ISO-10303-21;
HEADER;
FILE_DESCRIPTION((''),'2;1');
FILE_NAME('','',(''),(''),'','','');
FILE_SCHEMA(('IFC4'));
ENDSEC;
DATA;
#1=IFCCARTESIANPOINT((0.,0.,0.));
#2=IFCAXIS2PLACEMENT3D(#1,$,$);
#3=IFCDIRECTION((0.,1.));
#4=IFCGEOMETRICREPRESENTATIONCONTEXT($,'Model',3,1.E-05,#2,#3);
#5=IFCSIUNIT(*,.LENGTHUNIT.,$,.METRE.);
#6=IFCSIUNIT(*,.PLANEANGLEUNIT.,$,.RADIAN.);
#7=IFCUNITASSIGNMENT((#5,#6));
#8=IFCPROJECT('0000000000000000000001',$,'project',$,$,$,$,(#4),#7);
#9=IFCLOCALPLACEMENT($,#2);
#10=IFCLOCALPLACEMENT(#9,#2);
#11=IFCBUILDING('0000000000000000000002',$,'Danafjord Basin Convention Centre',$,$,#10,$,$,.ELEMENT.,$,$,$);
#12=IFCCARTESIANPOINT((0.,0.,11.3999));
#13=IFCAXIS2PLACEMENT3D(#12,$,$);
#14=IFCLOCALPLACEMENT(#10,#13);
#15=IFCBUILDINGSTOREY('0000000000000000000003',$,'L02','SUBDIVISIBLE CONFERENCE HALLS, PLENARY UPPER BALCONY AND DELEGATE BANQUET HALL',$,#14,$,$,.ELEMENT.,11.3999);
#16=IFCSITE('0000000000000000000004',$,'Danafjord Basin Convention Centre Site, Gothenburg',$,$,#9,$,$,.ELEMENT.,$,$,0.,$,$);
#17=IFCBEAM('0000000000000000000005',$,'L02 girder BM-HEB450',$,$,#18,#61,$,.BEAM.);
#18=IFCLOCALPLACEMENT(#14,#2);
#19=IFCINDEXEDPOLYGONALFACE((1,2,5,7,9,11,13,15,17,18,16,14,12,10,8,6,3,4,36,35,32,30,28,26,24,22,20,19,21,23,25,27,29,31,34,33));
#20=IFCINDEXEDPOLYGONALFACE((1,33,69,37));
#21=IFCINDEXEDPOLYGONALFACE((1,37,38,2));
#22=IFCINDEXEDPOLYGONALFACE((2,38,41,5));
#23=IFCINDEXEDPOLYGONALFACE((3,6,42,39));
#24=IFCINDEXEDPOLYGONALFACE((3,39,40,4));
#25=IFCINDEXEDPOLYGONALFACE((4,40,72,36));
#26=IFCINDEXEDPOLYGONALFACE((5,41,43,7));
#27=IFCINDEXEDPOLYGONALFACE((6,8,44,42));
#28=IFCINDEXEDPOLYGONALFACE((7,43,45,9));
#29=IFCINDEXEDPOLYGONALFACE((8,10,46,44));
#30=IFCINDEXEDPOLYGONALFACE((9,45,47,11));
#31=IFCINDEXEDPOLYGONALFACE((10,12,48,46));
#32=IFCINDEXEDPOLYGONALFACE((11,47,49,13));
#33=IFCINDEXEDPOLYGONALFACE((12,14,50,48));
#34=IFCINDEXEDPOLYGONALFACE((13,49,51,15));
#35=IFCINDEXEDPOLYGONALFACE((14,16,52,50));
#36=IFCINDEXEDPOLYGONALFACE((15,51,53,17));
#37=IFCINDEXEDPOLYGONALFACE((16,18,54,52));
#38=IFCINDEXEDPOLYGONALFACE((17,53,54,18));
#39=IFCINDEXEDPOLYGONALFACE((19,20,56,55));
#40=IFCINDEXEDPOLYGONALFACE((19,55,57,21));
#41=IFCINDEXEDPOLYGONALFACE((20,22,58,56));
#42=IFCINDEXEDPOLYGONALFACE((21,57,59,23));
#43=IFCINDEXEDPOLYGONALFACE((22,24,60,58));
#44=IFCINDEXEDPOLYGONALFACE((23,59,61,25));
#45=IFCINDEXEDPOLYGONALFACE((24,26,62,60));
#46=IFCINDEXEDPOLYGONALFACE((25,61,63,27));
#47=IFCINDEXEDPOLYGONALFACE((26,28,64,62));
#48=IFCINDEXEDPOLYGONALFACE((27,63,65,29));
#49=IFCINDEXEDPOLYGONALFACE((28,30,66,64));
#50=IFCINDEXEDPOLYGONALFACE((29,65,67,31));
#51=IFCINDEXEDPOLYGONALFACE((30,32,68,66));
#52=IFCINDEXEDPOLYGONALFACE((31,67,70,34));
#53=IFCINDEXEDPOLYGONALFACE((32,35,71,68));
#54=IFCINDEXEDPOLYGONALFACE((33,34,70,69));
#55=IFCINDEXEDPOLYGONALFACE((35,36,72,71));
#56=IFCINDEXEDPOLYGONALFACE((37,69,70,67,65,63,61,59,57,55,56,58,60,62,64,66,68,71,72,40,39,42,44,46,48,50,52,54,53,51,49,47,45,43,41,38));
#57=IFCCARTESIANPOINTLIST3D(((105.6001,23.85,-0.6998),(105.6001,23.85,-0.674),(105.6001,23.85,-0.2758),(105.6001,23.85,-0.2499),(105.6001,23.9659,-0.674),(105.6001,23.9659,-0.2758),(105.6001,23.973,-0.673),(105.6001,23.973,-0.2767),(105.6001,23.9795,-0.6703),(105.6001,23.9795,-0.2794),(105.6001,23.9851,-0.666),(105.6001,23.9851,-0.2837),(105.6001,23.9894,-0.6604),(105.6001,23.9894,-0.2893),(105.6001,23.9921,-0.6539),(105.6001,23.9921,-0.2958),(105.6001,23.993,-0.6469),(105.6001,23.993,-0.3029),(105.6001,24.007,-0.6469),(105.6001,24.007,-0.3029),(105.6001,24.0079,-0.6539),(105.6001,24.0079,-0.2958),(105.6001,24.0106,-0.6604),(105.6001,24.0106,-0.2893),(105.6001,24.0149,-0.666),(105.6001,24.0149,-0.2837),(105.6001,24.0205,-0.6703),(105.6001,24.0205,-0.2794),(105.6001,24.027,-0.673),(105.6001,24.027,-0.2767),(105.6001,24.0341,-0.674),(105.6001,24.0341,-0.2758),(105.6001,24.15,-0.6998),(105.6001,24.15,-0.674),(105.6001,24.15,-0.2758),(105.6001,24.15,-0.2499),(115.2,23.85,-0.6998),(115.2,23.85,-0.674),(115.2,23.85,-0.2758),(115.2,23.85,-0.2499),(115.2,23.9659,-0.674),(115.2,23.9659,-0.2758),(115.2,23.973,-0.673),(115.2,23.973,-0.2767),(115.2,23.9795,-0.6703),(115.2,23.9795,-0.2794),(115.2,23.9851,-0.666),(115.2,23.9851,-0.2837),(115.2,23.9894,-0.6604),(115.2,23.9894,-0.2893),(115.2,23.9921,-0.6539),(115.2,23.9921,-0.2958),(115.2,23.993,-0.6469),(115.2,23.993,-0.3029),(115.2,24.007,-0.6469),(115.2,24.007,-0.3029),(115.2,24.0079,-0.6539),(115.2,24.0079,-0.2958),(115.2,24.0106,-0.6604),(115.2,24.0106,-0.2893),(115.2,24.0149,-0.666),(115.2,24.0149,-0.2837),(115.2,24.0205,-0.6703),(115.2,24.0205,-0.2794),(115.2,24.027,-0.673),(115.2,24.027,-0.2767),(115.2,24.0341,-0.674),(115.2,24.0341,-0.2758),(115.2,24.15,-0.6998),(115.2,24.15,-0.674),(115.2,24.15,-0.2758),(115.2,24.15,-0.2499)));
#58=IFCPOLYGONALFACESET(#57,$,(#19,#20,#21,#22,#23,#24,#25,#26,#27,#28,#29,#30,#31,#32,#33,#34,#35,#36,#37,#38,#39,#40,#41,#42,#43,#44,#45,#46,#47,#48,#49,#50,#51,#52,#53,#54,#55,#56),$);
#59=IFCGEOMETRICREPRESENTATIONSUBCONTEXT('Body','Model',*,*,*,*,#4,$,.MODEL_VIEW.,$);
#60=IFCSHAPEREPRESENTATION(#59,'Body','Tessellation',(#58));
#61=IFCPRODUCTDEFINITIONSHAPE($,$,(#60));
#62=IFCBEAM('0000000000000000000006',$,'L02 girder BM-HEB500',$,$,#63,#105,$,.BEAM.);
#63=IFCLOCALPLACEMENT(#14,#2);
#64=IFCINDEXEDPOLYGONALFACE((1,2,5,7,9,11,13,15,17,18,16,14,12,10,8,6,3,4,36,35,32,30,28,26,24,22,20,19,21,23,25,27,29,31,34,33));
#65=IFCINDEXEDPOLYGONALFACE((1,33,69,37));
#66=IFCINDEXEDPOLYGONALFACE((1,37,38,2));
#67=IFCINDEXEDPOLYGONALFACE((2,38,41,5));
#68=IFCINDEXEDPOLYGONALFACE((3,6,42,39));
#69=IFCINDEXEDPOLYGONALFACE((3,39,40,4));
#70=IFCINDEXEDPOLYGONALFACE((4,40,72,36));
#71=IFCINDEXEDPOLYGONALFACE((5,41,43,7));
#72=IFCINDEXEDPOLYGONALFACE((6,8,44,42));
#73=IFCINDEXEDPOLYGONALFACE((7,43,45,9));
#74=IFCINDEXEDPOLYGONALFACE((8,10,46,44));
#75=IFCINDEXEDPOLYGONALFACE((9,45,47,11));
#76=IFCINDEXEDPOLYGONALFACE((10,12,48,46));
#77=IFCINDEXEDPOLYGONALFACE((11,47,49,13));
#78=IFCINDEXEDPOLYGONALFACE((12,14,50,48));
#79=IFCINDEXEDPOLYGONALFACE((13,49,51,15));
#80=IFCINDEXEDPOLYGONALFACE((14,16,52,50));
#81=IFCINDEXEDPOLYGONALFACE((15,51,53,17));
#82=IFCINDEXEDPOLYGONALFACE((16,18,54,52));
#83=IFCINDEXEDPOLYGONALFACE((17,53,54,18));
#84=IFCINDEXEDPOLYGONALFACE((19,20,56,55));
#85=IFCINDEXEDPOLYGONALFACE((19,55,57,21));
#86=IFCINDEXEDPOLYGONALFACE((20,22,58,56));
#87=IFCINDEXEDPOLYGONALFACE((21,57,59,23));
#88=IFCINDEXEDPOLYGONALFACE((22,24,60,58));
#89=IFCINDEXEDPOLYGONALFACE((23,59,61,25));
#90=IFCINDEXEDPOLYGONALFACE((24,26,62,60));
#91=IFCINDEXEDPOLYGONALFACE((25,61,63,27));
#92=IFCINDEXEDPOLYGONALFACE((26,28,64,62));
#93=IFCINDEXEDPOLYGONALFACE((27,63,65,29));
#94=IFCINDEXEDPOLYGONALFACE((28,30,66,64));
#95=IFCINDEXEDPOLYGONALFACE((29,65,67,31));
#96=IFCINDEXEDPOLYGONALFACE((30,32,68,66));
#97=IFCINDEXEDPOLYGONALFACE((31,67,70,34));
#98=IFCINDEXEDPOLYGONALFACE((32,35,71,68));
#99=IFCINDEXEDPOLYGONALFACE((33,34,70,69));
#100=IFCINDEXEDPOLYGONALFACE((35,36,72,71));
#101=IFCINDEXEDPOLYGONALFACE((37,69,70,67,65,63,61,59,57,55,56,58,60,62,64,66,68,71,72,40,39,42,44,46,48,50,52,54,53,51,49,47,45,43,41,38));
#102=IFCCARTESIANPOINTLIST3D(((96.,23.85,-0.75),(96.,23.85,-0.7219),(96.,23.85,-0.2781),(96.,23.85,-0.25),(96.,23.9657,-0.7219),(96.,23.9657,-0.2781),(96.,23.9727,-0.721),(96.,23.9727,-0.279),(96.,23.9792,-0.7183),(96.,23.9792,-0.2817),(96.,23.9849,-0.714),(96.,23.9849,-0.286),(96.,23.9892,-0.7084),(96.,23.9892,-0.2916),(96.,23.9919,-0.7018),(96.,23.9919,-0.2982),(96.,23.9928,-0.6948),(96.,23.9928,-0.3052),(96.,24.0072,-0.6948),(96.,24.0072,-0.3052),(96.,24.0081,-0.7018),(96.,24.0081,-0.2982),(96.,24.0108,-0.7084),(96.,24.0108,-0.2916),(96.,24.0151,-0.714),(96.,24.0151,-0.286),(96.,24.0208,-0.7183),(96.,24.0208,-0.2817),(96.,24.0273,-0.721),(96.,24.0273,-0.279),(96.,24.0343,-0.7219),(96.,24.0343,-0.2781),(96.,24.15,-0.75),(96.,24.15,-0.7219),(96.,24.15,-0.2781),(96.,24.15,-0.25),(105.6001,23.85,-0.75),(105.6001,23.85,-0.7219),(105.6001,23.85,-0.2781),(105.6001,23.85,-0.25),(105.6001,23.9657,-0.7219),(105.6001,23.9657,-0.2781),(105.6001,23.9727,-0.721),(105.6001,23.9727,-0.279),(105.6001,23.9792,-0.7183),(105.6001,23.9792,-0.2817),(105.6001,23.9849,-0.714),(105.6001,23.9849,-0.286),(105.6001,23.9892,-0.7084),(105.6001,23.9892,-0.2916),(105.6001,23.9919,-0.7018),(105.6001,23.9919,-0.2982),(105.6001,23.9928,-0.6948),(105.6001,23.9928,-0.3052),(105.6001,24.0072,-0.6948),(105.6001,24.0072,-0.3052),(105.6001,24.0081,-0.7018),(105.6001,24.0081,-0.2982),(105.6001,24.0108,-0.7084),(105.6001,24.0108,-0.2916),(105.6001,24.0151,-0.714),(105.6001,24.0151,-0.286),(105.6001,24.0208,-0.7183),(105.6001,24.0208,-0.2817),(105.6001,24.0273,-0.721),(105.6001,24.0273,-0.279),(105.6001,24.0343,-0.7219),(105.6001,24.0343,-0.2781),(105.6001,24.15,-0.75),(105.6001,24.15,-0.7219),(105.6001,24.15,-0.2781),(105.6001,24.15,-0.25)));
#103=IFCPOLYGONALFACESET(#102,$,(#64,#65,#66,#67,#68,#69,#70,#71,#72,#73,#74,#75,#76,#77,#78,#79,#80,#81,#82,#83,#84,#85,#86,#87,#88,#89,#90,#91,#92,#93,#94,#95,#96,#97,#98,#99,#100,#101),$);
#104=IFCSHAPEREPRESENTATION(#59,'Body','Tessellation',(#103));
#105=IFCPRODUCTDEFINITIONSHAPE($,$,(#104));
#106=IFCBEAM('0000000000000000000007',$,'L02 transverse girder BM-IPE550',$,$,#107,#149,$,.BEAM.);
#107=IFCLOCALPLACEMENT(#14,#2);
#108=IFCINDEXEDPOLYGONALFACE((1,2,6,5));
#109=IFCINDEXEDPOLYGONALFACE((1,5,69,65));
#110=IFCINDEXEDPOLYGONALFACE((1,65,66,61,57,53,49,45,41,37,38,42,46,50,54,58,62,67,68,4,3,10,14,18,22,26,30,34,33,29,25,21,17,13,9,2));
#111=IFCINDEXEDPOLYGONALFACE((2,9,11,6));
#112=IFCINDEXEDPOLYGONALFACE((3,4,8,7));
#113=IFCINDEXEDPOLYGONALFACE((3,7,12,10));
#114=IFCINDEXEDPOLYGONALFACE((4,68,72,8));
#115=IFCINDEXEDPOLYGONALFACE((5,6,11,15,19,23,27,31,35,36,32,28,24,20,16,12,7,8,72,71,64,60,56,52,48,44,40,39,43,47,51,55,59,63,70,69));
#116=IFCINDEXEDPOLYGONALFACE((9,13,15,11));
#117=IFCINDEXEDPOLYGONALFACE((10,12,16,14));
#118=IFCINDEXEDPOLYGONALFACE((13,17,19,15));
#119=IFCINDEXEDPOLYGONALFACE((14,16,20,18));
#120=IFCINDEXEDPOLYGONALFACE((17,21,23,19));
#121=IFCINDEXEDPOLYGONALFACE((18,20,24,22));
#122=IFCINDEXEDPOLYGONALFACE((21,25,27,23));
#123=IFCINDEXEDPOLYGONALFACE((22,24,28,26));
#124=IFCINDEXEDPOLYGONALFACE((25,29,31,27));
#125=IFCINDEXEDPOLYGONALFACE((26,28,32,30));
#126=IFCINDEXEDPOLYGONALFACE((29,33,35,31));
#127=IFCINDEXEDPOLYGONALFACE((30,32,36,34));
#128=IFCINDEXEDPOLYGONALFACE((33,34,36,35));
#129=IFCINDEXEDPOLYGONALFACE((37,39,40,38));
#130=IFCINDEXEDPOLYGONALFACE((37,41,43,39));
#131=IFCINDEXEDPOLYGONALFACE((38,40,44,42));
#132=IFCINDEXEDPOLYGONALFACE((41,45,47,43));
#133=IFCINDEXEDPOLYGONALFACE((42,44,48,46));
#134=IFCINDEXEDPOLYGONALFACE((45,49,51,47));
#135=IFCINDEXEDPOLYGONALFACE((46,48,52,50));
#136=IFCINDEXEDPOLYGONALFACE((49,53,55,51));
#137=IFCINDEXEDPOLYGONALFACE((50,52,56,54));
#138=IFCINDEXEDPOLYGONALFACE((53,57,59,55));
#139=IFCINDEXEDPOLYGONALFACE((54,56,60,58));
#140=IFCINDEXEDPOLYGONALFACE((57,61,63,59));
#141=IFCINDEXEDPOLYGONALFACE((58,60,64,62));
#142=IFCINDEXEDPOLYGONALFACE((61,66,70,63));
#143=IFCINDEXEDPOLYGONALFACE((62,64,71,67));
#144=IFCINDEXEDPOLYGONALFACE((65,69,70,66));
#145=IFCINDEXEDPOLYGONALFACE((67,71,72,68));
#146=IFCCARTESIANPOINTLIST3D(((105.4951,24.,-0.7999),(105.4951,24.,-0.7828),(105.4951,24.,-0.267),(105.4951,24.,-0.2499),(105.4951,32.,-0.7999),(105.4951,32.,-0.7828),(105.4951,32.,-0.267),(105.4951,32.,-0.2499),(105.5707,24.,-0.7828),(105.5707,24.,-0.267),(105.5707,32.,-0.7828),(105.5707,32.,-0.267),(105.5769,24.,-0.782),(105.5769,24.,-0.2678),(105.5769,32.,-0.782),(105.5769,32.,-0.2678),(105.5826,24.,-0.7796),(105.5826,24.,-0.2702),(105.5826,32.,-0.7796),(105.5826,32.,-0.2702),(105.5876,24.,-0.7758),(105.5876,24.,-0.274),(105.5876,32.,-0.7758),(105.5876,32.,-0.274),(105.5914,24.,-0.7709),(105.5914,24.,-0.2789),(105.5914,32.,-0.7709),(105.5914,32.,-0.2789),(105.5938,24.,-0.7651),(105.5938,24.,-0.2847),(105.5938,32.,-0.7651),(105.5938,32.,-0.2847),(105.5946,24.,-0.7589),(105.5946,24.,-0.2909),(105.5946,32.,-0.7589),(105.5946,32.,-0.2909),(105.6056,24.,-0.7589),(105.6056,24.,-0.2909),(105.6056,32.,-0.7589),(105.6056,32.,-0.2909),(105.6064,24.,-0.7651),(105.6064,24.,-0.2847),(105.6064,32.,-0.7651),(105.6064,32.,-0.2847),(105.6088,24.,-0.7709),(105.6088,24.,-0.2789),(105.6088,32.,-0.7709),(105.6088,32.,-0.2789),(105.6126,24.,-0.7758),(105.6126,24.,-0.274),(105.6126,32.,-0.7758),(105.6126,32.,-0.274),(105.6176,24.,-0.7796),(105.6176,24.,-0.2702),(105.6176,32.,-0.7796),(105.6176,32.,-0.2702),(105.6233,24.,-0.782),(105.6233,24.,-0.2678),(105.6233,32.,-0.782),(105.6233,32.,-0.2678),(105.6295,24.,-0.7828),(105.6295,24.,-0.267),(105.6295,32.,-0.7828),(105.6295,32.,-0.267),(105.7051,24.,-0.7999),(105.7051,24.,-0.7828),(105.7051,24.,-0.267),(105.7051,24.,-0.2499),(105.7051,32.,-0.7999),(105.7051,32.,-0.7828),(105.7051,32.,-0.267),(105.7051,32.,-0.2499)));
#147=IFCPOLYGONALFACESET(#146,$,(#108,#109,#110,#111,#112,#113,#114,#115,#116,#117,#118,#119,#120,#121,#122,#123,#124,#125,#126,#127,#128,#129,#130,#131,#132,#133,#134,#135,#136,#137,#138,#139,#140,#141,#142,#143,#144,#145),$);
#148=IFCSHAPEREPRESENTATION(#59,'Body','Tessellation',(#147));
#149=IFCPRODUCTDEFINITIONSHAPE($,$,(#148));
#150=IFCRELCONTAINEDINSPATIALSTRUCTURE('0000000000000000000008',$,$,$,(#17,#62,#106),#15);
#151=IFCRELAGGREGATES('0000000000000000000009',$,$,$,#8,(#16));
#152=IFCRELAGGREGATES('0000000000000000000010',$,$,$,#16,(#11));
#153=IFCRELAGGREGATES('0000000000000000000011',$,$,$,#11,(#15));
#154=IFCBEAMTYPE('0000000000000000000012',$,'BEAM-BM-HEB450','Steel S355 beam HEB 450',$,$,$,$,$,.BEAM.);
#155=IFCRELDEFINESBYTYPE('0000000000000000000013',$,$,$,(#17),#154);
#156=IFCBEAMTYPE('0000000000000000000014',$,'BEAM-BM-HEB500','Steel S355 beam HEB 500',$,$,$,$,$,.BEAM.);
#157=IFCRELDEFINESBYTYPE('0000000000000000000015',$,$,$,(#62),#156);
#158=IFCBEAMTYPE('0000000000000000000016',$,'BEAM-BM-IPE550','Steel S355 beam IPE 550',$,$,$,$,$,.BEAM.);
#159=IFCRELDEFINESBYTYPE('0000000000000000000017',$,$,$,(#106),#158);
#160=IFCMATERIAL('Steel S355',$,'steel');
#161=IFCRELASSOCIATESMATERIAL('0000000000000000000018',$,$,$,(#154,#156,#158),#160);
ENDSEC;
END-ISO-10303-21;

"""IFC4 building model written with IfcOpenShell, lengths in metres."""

from ifc_helpers import new_model, si_unit, direction, frame, origin, origin_2d, place, context, subcontext, project, spatial, i_section, extrude, material, material_profile, profile_set, type_object, element, save


model = new_model("IFC4")

# Units and contexts
model_context = context("Model", 3, precision=1e-05, world=origin(), true_north=direction((0.0, 1.0)))
body_context = subcontext(model_context, "Body", "Model", "MODEL_VIEW")
ifc_project = project(units=[si_unit("LENGTHUNIT", "METRE"), si_unit("PLANEANGLEUNIT", "RADIAN")], contexts=[model_context])

# Site, building, storey
site_placement = place(None, origin())
site = spatial("IfcSite", under=ifc_project, at=site_placement, Name="Danafjord Basin Convention Centre Site, Gothenburg", CompositionType="ELEMENT", RefElevation=0.0)
building_placement = place(site_placement, origin())
building = spatial("IfcBuilding", under=site, at=building_placement, Name="Danafjord Basin Convention Centre", CompositionType="ELEMENT")
storey_placement = place(building_placement, frame((0.0, 0.0, 11.3999)))
storey = spatial("IfcBuildingStorey", under=building, at=storey_placement, Name="L02", Description="SUBDIVISIBLE CONFERENCE HALLS, PLENARY UPPER BALCONY AND DELEGATE BANQUET HALL", CompositionType="ELEMENT", Elevation=11.3999)

# Shared definitions
ifc_material_1 = material(Name="Steel S355", Category="steel")

# Beams
ifc_material_profile_1 = material_profile(ifc_material_1, i_section(OverallWidth=0.3, OverallDepth=0.45, WebThickness=0.0139, FlangeThickness=0.0259, FilletRadius=0.0271, at=origin_2d()), Name="HEB 450")
ifc_profile_set_1 = profile_set([ifc_material_profile_1], Name="Steel S355")
beam_type_1 = type_object("IfcBeamType", Name="BEAM-BM-HEB450", Description="Steel S355 beam HEB 450", PredefinedType="BEAM", material=ifc_profile_set_1)
beam_1_placement = place(storey_placement, frame((105.6001, 24.0, -0.4749), z_axis=(1.0, 0.0, 0.0), x_axis=(0.0, 1.0, 0.0)))
element("IfcBeam", 1, at=beam_1_placement, inside=storey, type_object=beam_type_1, Name="L02 girder BM-HEB450", PredefinedType="BEAM", context=body_context, shape_type="SweptSolid", body=[
    extrude(i_section(OverallWidth=0.3, OverallDepth=0.45, WebThickness=0.0139, FlangeThickness=0.0259, FilletRadius=0.0271, at=origin_2d()), origin(), (0.0, 0.0, 1.0), 9.5999),
])
ifc_material_profile_2 = material_profile(ifc_material_1, i_section(OverallWidth=0.3, OverallDepth=0.5, WebThickness=0.0144, FlangeThickness=0.0281, FilletRadius=0.0271, at=origin_2d()), Name="HEB 500")
ifc_profile_set_2 = profile_set([ifc_material_profile_2], Name="Steel S355")
beam_type_2 = type_object("IfcBeamType", Name="BEAM-BM-HEB500", Description="Steel S355 beam HEB 500", PredefinedType="BEAM", material=ifc_profile_set_2)
beam_2_placement = place(storey_placement, frame((96.0, 24.0, -0.5), z_axis=(1.0, 0.0, 0.0), x_axis=(0.0, 1.0, 0.0)))
element("IfcBeam", 2, at=beam_2_placement, inside=storey, type_object=beam_type_2, Name="L02 girder BM-HEB500", PredefinedType="BEAM", context=body_context, shape_type="SweptSolid", body=[
    extrude(i_section(OverallWidth=0.3, OverallDepth=0.5, WebThickness=0.0144, FlangeThickness=0.0281, FilletRadius=0.0271, at=origin_2d()), origin(), (0.0, 0.0, 1.0), 9.6001),
])
ifc_material_profile_3 = material_profile(ifc_material_1, i_section(OverallWidth=0.21, OverallDepth=0.55, WebThickness=0.011, FlangeThickness=0.0171, FilletRadius=0.0239, at=origin_2d()), Name="IPE 550")
ifc_profile_set_3 = profile_set([ifc_material_profile_3], Name="Steel S355")
beam_type_3 = type_object("IfcBeamType", Name="BEAM-BM-IPE550", Description="Steel S355 beam IPE 550", PredefinedType="BEAM", material=ifc_profile_set_3)
beam_3_placement = place(storey_placement, frame((105.6001, 24.0, -0.5249), z_axis=(0.0, 1.0, 0.0), x_axis=(-1.0, 0.0, 0.0)))
element("IfcBeam", 3, at=beam_3_placement, inside=storey, type_object=beam_type_3, Name="L02 transverse girder BM-IPE550", PredefinedType="BEAM", context=body_context, shape_type="SweptSolid", body=[
    extrude(i_section(OverallWidth=0.21, OverallDepth=0.55, WebThickness=0.011, FlangeThickness=0.0171, FilletRadius=0.0239, at=origin_2d()), origin(), (0.0, 0.0, 1.0), 8.0),
])

save(model, "model.ifc")
